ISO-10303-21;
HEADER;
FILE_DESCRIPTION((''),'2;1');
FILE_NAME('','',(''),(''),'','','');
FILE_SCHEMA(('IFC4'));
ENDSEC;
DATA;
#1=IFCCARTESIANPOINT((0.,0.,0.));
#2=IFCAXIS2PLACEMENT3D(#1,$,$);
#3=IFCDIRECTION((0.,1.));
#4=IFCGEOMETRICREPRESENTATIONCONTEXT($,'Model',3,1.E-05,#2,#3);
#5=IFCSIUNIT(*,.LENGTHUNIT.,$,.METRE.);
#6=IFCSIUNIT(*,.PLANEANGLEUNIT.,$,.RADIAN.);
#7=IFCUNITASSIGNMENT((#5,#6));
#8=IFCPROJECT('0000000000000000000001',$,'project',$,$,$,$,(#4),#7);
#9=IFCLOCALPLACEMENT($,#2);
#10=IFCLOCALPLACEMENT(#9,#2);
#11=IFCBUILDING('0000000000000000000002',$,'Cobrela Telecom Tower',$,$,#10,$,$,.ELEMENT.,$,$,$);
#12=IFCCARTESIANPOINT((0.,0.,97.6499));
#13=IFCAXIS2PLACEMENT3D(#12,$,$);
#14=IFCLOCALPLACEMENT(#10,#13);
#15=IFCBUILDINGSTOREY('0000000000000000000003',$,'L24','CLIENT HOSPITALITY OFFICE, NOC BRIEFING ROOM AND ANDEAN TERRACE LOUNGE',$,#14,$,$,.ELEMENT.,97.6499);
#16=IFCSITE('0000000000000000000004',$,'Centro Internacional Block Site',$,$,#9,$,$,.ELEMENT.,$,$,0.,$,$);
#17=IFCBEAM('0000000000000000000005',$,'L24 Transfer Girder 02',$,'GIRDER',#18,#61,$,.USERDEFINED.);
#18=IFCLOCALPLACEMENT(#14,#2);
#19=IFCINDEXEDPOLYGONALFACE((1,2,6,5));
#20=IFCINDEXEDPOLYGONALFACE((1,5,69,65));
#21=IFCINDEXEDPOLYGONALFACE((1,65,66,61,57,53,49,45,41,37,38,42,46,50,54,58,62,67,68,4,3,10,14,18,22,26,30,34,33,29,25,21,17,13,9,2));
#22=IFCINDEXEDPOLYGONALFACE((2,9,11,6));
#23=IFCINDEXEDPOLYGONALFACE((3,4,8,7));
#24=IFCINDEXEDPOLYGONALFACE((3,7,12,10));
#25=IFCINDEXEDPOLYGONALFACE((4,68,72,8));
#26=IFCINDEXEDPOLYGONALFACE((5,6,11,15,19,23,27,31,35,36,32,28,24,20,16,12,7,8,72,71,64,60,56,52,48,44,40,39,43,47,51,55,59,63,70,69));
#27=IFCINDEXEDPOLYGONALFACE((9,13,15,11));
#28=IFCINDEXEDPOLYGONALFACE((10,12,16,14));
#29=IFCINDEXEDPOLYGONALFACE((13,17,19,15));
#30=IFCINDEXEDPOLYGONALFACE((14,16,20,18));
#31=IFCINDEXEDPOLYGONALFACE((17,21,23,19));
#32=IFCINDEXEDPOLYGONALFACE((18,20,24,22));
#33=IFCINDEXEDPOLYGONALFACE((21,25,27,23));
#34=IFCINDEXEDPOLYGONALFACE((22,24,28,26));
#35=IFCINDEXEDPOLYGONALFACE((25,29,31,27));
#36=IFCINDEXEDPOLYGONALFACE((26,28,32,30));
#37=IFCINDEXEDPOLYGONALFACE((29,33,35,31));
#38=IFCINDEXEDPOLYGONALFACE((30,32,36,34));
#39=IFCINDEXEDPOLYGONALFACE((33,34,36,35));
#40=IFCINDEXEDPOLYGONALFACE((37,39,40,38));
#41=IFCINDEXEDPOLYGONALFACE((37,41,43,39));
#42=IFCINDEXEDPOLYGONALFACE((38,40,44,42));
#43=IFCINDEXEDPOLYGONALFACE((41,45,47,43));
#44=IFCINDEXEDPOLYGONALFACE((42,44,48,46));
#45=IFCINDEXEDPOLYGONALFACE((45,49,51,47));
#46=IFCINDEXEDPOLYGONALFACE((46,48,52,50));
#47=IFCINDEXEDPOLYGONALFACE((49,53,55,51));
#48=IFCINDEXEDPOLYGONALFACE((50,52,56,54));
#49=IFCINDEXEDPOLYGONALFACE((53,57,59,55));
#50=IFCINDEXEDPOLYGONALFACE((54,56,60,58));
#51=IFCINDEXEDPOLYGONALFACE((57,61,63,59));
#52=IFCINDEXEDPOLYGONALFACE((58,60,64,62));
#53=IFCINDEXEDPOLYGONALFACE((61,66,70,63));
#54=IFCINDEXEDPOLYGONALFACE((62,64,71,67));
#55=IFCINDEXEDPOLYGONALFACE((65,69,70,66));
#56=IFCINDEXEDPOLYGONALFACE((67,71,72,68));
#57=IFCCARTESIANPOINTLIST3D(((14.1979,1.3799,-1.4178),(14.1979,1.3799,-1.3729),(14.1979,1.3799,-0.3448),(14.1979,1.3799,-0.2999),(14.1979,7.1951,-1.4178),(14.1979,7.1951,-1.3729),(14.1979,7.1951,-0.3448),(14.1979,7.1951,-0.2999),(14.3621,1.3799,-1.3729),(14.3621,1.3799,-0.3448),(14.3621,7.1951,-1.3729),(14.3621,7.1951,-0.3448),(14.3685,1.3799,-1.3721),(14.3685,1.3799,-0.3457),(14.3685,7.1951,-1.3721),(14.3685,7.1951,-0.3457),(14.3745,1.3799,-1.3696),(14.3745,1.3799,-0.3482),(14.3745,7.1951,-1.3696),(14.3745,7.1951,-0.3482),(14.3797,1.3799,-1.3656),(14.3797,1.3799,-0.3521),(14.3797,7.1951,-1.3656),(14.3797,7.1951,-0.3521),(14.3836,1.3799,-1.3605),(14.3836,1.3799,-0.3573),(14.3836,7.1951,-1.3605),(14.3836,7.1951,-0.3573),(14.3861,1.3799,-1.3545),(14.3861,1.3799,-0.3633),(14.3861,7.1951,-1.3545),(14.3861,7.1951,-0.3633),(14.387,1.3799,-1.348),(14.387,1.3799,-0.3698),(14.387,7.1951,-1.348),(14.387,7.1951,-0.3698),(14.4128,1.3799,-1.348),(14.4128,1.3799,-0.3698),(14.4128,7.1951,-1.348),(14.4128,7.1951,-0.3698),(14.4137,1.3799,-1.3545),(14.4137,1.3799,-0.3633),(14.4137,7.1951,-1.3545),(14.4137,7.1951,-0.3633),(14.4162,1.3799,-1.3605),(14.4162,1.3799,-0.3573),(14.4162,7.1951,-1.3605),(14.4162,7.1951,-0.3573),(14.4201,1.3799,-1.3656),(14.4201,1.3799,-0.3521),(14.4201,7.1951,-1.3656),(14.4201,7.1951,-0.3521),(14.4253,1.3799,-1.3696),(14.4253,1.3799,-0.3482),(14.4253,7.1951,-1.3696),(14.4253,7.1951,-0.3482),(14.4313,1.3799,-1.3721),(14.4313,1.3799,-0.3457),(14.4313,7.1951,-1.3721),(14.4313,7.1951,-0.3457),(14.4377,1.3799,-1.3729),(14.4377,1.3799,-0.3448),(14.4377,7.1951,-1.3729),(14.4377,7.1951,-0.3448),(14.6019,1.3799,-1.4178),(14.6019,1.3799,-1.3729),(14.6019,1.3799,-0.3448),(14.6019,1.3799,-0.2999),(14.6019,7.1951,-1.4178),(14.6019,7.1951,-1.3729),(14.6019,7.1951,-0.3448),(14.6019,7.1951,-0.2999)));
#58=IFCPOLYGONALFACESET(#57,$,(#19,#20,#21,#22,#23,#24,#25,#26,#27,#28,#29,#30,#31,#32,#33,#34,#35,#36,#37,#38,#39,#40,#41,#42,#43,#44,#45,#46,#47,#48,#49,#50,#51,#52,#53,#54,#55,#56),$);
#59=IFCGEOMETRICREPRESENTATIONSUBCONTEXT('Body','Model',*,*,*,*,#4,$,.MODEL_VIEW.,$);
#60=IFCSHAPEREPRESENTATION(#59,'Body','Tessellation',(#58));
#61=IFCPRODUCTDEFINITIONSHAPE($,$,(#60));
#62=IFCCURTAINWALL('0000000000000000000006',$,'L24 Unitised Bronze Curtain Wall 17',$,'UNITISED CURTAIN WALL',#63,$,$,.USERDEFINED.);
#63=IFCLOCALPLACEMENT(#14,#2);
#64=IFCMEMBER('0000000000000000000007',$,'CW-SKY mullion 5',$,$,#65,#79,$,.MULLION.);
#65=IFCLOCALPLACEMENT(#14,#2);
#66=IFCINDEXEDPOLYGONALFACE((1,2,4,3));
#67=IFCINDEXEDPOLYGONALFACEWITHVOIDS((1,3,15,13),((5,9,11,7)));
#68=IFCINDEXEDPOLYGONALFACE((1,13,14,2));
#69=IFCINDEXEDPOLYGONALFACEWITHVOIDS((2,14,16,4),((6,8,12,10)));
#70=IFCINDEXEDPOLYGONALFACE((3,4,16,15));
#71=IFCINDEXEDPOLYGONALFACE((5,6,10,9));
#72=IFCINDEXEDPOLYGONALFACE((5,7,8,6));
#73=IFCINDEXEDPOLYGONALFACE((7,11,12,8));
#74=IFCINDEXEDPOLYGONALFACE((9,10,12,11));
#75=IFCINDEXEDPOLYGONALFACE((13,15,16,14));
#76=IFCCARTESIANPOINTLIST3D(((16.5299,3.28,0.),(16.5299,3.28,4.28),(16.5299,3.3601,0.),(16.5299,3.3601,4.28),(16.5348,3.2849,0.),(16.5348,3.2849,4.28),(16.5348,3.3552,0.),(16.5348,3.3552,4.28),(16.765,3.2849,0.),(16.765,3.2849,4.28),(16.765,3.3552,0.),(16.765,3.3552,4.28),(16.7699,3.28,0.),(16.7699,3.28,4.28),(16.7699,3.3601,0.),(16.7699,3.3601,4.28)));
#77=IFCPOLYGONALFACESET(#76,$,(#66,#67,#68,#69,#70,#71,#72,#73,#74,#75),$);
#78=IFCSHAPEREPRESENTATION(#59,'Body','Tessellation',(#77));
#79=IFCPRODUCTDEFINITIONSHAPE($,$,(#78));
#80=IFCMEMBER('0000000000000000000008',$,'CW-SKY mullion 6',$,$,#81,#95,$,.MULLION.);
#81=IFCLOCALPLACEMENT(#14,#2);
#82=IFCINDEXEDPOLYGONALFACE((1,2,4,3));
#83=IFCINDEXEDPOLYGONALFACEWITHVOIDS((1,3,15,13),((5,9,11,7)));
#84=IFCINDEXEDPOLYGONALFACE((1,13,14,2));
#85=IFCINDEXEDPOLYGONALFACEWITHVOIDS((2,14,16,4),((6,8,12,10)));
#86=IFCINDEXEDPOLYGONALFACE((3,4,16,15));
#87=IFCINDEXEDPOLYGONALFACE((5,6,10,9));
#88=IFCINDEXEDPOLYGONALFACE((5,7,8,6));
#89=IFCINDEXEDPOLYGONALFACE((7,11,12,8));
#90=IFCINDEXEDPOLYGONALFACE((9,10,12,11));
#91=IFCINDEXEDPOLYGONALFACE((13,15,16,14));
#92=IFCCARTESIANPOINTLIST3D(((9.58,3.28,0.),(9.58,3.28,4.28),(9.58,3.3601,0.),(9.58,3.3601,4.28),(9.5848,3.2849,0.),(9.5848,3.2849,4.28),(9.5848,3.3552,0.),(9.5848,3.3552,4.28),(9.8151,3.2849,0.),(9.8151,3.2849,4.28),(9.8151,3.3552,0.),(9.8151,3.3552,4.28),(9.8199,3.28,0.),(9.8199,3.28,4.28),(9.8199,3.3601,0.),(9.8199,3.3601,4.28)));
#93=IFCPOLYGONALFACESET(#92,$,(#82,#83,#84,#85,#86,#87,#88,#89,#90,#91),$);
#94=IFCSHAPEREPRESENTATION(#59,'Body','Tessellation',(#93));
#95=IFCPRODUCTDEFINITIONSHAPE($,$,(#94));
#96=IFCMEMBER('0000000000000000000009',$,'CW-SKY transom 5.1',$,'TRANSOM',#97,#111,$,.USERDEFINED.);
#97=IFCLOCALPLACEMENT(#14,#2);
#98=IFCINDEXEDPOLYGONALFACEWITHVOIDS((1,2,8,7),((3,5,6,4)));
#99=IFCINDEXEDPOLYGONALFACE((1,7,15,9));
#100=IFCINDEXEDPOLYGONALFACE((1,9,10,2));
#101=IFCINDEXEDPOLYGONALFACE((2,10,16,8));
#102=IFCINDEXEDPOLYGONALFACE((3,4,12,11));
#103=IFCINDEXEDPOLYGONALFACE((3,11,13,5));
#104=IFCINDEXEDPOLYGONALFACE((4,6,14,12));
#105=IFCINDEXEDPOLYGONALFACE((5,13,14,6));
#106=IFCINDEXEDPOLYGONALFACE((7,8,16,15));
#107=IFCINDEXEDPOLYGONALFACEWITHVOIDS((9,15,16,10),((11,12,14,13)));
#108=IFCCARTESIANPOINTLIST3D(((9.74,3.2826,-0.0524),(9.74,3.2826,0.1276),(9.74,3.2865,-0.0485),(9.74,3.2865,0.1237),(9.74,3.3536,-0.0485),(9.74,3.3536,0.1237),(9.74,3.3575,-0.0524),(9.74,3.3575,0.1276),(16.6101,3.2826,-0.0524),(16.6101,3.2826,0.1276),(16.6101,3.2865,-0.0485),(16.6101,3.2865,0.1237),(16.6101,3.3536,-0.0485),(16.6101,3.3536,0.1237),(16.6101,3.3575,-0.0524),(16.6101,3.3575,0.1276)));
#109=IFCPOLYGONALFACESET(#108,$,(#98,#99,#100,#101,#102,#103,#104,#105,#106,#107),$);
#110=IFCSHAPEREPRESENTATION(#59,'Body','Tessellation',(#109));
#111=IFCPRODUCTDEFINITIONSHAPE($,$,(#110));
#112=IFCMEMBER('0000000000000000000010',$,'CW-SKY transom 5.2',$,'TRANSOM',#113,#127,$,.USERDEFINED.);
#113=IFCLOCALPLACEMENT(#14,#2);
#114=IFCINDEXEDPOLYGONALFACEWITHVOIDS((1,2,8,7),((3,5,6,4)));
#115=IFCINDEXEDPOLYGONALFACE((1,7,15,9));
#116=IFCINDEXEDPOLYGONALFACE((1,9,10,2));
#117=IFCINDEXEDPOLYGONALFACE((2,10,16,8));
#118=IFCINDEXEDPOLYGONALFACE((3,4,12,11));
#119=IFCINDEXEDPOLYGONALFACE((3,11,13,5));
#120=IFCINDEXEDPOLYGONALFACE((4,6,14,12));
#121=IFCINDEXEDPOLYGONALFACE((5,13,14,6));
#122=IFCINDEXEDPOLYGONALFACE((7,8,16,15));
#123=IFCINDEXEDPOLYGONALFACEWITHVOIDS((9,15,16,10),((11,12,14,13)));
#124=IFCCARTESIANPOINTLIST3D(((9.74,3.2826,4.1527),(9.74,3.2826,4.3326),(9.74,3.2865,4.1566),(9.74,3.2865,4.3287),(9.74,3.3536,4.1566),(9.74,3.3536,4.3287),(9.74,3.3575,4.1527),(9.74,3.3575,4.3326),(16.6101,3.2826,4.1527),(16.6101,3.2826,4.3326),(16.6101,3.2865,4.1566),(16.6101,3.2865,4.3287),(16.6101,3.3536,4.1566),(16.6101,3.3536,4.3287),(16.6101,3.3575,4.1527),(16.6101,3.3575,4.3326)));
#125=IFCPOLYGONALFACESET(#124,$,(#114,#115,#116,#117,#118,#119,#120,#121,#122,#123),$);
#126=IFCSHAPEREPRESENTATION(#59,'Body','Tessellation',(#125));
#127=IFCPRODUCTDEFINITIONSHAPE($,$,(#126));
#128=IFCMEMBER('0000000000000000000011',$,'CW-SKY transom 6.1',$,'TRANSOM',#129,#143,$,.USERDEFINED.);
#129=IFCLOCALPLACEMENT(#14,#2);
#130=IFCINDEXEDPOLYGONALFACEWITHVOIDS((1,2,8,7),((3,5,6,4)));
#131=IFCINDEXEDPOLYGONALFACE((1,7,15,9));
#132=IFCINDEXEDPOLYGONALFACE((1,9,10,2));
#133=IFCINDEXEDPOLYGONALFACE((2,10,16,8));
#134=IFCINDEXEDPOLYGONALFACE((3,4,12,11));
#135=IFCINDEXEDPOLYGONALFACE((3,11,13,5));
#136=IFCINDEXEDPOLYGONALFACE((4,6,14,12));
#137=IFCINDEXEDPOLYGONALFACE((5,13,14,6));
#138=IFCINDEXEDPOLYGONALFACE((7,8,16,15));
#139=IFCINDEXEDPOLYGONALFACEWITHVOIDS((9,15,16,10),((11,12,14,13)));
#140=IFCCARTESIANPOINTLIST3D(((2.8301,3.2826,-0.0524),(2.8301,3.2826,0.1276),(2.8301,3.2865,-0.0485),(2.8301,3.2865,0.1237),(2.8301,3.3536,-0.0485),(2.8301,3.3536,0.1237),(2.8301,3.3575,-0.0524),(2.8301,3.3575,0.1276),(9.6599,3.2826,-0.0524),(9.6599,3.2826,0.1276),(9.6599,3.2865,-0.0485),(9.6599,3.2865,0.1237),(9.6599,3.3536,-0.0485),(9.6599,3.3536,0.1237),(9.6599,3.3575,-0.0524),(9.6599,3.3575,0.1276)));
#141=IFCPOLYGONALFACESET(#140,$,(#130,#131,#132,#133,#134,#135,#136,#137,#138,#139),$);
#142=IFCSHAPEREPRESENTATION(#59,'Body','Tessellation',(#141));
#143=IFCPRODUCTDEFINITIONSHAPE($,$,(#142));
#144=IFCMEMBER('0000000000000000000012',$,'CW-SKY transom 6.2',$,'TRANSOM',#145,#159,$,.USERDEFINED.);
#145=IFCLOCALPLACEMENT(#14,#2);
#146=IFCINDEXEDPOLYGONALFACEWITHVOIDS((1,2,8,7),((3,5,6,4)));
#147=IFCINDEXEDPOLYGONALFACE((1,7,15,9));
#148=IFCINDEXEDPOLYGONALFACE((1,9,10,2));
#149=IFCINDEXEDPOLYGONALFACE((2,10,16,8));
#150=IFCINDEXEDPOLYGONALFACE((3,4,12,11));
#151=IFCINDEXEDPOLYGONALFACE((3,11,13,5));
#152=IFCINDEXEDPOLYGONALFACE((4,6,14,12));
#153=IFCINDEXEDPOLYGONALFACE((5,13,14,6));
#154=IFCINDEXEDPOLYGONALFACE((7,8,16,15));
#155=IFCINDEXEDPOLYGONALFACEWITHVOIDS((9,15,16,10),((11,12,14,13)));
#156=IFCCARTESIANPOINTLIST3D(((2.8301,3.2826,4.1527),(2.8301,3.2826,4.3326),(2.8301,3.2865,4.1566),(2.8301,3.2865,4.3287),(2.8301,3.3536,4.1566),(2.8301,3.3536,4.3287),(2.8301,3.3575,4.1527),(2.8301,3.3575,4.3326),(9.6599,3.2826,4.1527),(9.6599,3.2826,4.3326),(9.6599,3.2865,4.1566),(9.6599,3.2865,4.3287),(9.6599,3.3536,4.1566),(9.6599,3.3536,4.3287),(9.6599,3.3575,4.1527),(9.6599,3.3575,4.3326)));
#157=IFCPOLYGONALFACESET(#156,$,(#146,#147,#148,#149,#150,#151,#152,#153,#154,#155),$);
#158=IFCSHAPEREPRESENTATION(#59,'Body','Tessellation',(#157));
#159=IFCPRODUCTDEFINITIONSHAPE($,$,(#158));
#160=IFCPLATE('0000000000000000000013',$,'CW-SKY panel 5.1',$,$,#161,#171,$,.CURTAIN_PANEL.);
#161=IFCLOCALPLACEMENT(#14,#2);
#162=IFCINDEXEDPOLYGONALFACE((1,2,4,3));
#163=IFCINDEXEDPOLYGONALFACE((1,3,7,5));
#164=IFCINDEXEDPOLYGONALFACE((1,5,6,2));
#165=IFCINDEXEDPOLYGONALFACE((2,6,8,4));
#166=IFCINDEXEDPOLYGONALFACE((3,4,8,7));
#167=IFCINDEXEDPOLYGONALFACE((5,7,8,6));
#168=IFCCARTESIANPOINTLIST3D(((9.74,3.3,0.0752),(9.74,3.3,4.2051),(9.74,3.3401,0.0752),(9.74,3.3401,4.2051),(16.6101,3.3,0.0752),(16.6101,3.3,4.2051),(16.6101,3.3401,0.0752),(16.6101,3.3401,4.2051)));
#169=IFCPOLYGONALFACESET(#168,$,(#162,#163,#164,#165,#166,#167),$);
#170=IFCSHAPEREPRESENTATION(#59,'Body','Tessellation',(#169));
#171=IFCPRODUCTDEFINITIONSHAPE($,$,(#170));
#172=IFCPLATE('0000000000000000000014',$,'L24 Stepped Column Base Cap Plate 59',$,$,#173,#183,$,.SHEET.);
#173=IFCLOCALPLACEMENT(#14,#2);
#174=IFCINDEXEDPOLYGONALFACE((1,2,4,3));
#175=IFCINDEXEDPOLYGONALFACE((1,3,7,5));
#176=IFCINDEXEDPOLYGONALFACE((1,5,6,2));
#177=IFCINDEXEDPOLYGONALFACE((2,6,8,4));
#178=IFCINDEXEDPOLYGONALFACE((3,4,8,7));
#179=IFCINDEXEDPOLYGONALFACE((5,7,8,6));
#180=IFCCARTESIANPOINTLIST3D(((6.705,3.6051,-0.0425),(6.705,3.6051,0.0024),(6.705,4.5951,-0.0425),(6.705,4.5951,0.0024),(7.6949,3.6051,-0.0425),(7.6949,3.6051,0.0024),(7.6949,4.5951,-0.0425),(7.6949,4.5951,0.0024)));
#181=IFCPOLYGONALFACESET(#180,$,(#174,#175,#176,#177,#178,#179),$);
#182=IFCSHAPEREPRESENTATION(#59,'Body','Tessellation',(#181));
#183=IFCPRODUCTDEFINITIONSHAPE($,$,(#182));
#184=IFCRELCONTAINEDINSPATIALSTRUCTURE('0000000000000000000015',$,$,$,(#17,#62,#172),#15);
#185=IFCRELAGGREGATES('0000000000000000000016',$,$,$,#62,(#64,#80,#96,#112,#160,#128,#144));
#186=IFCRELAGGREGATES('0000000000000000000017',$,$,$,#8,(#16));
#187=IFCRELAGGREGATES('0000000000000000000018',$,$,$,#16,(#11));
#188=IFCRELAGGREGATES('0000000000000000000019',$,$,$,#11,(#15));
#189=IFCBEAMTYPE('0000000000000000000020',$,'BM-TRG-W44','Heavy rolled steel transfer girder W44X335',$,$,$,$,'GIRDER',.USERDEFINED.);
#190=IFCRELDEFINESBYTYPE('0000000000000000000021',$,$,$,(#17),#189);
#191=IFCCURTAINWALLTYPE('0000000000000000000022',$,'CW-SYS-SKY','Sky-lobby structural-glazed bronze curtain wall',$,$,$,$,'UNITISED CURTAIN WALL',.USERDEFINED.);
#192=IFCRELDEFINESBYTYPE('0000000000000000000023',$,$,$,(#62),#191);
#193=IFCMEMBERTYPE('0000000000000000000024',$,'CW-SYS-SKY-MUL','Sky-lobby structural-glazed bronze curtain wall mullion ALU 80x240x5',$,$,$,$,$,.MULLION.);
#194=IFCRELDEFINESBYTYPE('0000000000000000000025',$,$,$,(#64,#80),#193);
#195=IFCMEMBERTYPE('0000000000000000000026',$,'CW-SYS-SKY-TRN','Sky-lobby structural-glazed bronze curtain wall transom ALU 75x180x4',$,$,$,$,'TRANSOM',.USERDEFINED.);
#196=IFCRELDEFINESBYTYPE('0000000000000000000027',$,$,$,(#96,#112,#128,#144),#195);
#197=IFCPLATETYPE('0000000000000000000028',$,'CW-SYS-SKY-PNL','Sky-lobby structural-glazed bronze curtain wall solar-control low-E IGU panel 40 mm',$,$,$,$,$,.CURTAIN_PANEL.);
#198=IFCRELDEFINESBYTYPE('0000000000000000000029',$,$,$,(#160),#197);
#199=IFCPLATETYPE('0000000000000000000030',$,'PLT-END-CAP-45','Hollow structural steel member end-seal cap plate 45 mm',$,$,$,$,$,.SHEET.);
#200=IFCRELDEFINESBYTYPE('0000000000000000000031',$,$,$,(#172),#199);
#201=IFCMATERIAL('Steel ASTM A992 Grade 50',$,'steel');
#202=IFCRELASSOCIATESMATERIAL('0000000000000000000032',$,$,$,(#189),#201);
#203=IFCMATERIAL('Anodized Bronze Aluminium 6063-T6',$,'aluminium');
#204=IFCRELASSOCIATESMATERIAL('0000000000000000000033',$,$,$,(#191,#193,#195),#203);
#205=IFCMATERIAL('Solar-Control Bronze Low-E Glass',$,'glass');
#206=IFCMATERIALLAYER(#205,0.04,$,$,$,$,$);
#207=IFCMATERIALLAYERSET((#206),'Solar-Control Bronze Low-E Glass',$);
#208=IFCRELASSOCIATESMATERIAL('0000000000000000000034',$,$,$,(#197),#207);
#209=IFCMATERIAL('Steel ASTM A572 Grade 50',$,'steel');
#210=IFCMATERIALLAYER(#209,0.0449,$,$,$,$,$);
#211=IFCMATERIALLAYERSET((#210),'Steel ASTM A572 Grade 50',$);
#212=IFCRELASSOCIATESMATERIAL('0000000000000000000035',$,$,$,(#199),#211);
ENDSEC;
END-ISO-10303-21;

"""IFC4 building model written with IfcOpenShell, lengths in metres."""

from ifc_helpers import new_model, si_unit, direction, frame, origin, origin_2d, place, context, subcontext, project, spatial, rectangle, hollow_rectangle, i_section, extrude, material, layer, layer_set, material_profile, profile_set, type_object, element, aggregate, save


model = new_model("IFC4")

# Units and contexts
model_context = context("Model", 3, precision=1e-05, world=origin(), true_north=direction((0.0, 1.0)))
body_context = subcontext(model_context, "Body", "Model", "MODEL_VIEW")
ifc_project = project(units=[si_unit("LENGTHUNIT", "METRE"), si_unit("PLANEANGLEUNIT", "RADIAN")], contexts=[model_context])

# Site, building, storey
site_placement = place(None, origin())
site = spatial("IfcSite", under=ifc_project, at=site_placement, Name="Centro Internacional Block Site", CompositionType="ELEMENT", RefElevation=0.0)
building_placement = place(site_placement, origin())
building = spatial("IfcBuilding", under=site, at=building_placement, Name="Cobrela Telecom Tower", CompositionType="ELEMENT")
storey_placement = place(building_placement, frame((0.0, 0.0, 97.6499)))
storey = spatial("IfcBuildingStorey", under=building, at=storey_placement, Name="L24", Description="CLIENT HOSPITALITY OFFICE, NOC BRIEFING ROOM AND ANDEAN TERRACE LOUNGE", CompositionType="ELEMENT", Elevation=97.6499)

# Shared definitions
ifc_material_1 = material(Name="Steel ASTM A572 Grade 50", Category="steel")

# Beam
ifc_material_2 = material(Name="Steel ASTM A992 Grade 50", Category="steel")
ifc_material_profile_1 = material_profile(ifc_material_2, i_section(OverallWidth=0.4041, OverallDepth=1.1179, WebThickness=0.0259, FlangeThickness=0.0449, FilletRadius=0.0249, at=origin_2d()), Name="W44X335")
ifc_profile_set_1 = profile_set([ifc_material_profile_1], Name="Steel ASTM A992 Grade 50")
beam_type_1 = type_object("IfcBeamType", Name="BM-TRG-W44", Description="Heavy rolled steel transfer girder W44X335", ElementType="GIRDER", PredefinedType="USERDEFINED", material=ifc_profile_set_1)
beam_1_placement = place(storey_placement, frame((14.3999, 1.3799, -0.8589), z_axis=(0.0, 1.0, 0.0), x_axis=(-1.0, 0.0, 0.0)))
element("IfcBeam", 1, at=beam_1_placement, inside=storey, type_object=beam_type_1, Name="L24 Transfer Girder 02", ObjectType="GIRDER", PredefinedType="USERDEFINED", context=body_context, shape_type="SweptSolid", body=[
    extrude(i_section(OverallWidth=0.4041, OverallDepth=1.1179, WebThickness=0.0259, FlangeThickness=0.0449, FilletRadius=0.0249, at=origin_2d()), origin(), (0.0, 0.0, 1.0), 5.8152),
])

# Curtain wall, members, plate
ifc_material_3 = material(Name="Anodized Bronze Aluminium 6063-T6", Category="aluminium")
curtain_wall_type = type_object("IfcCurtainWallType", Name="CW-SYS-SKY", Description="Sky-lobby structural-glazed bronze curtain wall", ElementType="UNITISED CURTAIN WALL", PredefinedType="USERDEFINED", material=ifc_material_3)
curtain_wall_placement = place(storey_placement, origin())
curtain_wall = element("IfcCurtainWall", 2, at=curtain_wall_placement, inside=storey, type_object=curtain_wall_type, Name="L24 Unitised Bronze Curtain Wall 17", ObjectType="UNITISED CURTAIN WALL", PredefinedType="USERDEFINED")
ifc_material_profile_2 = material_profile(ifc_material_3, hollow_rectangle(XDim=0.0801, YDim=0.24, WallThickness=0.0049, at=origin_2d()), Name="ALU 80x240x5")
ifc_profile_set_2 = profile_set([ifc_material_profile_2], Name="Anodized Bronze Aluminium 6063-T6")
member_type_1 = type_object("IfcMemberType", Name="CW-SYS-SKY-MUL", Description="Sky-lobby structural-glazed bronze curtain wall mullion ALU 80x240x5", PredefinedType="MULLION", material=ifc_profile_set_2)
member_1_placement = place(storey_placement, frame((16.6499, 3.3201, 0.0), z_axis=(0.0, 0.0, 1.0), x_axis=(0.0, -1.0, 0.0)))
member_1 = element("IfcMember", 3, at=member_1_placement, type_object=member_type_1, Name="CW-SKY mullion 5", PredefinedType="MULLION", context=body_context, shape_type="SweptSolid", body=[
    extrude(hollow_rectangle(XDim=0.0801, YDim=0.24, WallThickness=0.0049, at=origin_2d()), origin(), (0.0, 0.0, 1.0), 4.28),
])
member_2_placement = place(storey_placement, frame((9.7, 3.3201, 0.0), z_axis=(0.0, 0.0, 1.0), x_axis=(0.0, -1.0, 0.0)))
member_2 = element("IfcMember", 4, at=member_2_placement, type_object=member_type_1, Name="CW-SKY mullion 6", PredefinedType="MULLION", context=body_context, shape_type="SweptSolid", body=[
    extrude(hollow_rectangle(XDim=0.0801, YDim=0.24, WallThickness=0.0049, at=origin_2d()), origin(), (0.0, 0.0, 1.0), 4.28),
])
ifc_material_profile_3 = material_profile(ifc_material_3, hollow_rectangle(XDim=0.075, YDim=0.1799, WallThickness=0.0039, at=origin_2d()), Name="ALU 75x180x4")
ifc_profile_set_3 = profile_set([ifc_material_profile_3], Name="Anodized Bronze Aluminium 6063-T6")
member_type_2 = type_object("IfcMemberType", Name="CW-SYS-SKY-TRN", Description="Sky-lobby structural-glazed bronze curtain wall transom ALU 75x180x4", ElementType="TRANSOM", PredefinedType="USERDEFINED", material=ifc_profile_set_3)
member_3_placement = place(storey_placement, frame((16.6101, 3.3201, 0.0376), z_axis=(-1.0, 0.0, 0.0), x_axis=(0.0, -1.0, 0.0)))
member_3 = element("IfcMember", 5, at=member_3_placement, type_object=member_type_2, Name="CW-SKY transom 5.1", ObjectType="TRANSOM", PredefinedType="USERDEFINED", context=body_context, shape_type="SweptSolid", body=[
    extrude(hollow_rectangle(XDim=0.075, YDim=0.1799, WallThickness=0.0039, at=origin_2d()), origin(), (0.0, 0.0, 1.0), 6.8701),
])
member_4_placement = place(storey_placement, frame((16.6101, 3.3201, 4.2427), z_axis=(-1.0, 0.0, 0.0), x_axis=(0.0, -1.0, 0.0)))
member_4 = element("IfcMember", 6, at=member_4_placement, type_object=member_type_2, Name="CW-SKY transom 5.2", ObjectType="TRANSOM", PredefinedType="USERDEFINED", context=body_context, shape_type="SweptSolid", body=[
    extrude(hollow_rectangle(XDim=0.075, YDim=0.1799, WallThickness=0.0039, at=origin_2d()), origin(), (0.0, 0.0, 1.0), 6.8701),
])
member_5_placement = place(storey_placement, frame((9.6599, 3.3201, 0.0376), z_axis=(-1.0, 0.0, 0.0), x_axis=(0.0, -1.0, 0.0)))
member_5 = element("IfcMember", 7, at=member_5_placement, type_object=member_type_2, Name="CW-SKY transom 6.1", ObjectType="TRANSOM", PredefinedType="USERDEFINED", context=body_context, shape_type="SweptSolid", body=[
    extrude(hollow_rectangle(XDim=0.075, YDim=0.1799, WallThickness=0.0039, at=origin_2d()), origin(), (0.0, 0.0, 1.0), 6.8298),
])
member_6_placement = place(storey_placement, frame((9.6599, 3.3201, 4.2427), z_axis=(-1.0, 0.0, 0.0), x_axis=(0.0, -1.0, 0.0)))
member_6 = element("IfcMember", 8, at=member_6_placement, type_object=member_type_2, Name="CW-SKY transom 6.2", ObjectType="TRANSOM", PredefinedType="USERDEFINED", context=body_context, shape_type="SweptSolid", body=[
    extrude(hollow_rectangle(XDim=0.075, YDim=0.1799, WallThickness=0.0039, at=origin_2d()), origin(), (0.0, 0.0, 1.0), 6.8298),
])
ifc_material_4 = material(Name="Solar-Control Bronze Low-E Glass", Category="glass")
ifc_layer_1 = layer(ifc_material_4, 0.04)
ifc_layer_set_1 = layer_set([ifc_layer_1], Name="Solar-Control Bronze Low-E Glass")
plate_type_1 = type_object("IfcPlateType", Name="CW-SYS-SKY-PNL", Description="Sky-lobby structural-glazed bronze curtain wall solar-control low-E IGU panel 40 mm", PredefinedType="CURTAIN_PANEL", material=ifc_layer_set_1)
plate_1_placement = place(storey_placement, frame((13.175, 3.3201, 0.0752), z_axis=(0.0, 0.0, 1.0), x_axis=(-1.0, 0.0, 0.0)))
plate_1 = element("IfcPlate", 9, at=plate_1_placement, type_object=plate_type_1, Name="CW-SKY panel 5.1", PredefinedType="CURTAIN_PANEL", context=body_context, shape_type="SweptSolid", body=[
    extrude(rectangle(XDim=6.8701, YDim=0.04, at=origin_2d()), origin(), (0.0, 0.0, 1.0), 4.1299),
])
aggregate(curtain_wall, [member_1, member_2, member_3, member_4, plate_1, member_5, member_6])

# Plate
ifc_layer_2 = layer(ifc_material_1, 0.0449)
ifc_layer_set_2 = layer_set([ifc_layer_2], Name="Steel ASTM A572 Grade 50")
plate_type_2 = type_object("IfcPlateType", Name="PLT-END-CAP-45", Description="Hollow structural steel member end-seal cap plate 45 mm", PredefinedType="SHEET", material=ifc_layer_set_2)
for number, where, z_axis, x_axis, name in (
    (10, (7.2, 4.1001, -0.0425), (0.0, 0.0, 1.0), (1.0, 0.0, 0.0), "L24 Stepped Column Base Cap Plate 59"),
):
    element("IfcPlate", number, at=place(storey_placement, frame(where, z_axis=z_axis, x_axis=x_axis)), inside=storey, type_object=plate_type_2, Name=name, PredefinedType="SHEET", context=body_context, shape_type="SweptSolid", body=[
        extrude(rectangle(XDim=0.99, YDim=0.99, at=origin_2d()), origin(), (0.0, 0.0, 1.0), 0.0449),
    ])

save(model, "model.ifc")
